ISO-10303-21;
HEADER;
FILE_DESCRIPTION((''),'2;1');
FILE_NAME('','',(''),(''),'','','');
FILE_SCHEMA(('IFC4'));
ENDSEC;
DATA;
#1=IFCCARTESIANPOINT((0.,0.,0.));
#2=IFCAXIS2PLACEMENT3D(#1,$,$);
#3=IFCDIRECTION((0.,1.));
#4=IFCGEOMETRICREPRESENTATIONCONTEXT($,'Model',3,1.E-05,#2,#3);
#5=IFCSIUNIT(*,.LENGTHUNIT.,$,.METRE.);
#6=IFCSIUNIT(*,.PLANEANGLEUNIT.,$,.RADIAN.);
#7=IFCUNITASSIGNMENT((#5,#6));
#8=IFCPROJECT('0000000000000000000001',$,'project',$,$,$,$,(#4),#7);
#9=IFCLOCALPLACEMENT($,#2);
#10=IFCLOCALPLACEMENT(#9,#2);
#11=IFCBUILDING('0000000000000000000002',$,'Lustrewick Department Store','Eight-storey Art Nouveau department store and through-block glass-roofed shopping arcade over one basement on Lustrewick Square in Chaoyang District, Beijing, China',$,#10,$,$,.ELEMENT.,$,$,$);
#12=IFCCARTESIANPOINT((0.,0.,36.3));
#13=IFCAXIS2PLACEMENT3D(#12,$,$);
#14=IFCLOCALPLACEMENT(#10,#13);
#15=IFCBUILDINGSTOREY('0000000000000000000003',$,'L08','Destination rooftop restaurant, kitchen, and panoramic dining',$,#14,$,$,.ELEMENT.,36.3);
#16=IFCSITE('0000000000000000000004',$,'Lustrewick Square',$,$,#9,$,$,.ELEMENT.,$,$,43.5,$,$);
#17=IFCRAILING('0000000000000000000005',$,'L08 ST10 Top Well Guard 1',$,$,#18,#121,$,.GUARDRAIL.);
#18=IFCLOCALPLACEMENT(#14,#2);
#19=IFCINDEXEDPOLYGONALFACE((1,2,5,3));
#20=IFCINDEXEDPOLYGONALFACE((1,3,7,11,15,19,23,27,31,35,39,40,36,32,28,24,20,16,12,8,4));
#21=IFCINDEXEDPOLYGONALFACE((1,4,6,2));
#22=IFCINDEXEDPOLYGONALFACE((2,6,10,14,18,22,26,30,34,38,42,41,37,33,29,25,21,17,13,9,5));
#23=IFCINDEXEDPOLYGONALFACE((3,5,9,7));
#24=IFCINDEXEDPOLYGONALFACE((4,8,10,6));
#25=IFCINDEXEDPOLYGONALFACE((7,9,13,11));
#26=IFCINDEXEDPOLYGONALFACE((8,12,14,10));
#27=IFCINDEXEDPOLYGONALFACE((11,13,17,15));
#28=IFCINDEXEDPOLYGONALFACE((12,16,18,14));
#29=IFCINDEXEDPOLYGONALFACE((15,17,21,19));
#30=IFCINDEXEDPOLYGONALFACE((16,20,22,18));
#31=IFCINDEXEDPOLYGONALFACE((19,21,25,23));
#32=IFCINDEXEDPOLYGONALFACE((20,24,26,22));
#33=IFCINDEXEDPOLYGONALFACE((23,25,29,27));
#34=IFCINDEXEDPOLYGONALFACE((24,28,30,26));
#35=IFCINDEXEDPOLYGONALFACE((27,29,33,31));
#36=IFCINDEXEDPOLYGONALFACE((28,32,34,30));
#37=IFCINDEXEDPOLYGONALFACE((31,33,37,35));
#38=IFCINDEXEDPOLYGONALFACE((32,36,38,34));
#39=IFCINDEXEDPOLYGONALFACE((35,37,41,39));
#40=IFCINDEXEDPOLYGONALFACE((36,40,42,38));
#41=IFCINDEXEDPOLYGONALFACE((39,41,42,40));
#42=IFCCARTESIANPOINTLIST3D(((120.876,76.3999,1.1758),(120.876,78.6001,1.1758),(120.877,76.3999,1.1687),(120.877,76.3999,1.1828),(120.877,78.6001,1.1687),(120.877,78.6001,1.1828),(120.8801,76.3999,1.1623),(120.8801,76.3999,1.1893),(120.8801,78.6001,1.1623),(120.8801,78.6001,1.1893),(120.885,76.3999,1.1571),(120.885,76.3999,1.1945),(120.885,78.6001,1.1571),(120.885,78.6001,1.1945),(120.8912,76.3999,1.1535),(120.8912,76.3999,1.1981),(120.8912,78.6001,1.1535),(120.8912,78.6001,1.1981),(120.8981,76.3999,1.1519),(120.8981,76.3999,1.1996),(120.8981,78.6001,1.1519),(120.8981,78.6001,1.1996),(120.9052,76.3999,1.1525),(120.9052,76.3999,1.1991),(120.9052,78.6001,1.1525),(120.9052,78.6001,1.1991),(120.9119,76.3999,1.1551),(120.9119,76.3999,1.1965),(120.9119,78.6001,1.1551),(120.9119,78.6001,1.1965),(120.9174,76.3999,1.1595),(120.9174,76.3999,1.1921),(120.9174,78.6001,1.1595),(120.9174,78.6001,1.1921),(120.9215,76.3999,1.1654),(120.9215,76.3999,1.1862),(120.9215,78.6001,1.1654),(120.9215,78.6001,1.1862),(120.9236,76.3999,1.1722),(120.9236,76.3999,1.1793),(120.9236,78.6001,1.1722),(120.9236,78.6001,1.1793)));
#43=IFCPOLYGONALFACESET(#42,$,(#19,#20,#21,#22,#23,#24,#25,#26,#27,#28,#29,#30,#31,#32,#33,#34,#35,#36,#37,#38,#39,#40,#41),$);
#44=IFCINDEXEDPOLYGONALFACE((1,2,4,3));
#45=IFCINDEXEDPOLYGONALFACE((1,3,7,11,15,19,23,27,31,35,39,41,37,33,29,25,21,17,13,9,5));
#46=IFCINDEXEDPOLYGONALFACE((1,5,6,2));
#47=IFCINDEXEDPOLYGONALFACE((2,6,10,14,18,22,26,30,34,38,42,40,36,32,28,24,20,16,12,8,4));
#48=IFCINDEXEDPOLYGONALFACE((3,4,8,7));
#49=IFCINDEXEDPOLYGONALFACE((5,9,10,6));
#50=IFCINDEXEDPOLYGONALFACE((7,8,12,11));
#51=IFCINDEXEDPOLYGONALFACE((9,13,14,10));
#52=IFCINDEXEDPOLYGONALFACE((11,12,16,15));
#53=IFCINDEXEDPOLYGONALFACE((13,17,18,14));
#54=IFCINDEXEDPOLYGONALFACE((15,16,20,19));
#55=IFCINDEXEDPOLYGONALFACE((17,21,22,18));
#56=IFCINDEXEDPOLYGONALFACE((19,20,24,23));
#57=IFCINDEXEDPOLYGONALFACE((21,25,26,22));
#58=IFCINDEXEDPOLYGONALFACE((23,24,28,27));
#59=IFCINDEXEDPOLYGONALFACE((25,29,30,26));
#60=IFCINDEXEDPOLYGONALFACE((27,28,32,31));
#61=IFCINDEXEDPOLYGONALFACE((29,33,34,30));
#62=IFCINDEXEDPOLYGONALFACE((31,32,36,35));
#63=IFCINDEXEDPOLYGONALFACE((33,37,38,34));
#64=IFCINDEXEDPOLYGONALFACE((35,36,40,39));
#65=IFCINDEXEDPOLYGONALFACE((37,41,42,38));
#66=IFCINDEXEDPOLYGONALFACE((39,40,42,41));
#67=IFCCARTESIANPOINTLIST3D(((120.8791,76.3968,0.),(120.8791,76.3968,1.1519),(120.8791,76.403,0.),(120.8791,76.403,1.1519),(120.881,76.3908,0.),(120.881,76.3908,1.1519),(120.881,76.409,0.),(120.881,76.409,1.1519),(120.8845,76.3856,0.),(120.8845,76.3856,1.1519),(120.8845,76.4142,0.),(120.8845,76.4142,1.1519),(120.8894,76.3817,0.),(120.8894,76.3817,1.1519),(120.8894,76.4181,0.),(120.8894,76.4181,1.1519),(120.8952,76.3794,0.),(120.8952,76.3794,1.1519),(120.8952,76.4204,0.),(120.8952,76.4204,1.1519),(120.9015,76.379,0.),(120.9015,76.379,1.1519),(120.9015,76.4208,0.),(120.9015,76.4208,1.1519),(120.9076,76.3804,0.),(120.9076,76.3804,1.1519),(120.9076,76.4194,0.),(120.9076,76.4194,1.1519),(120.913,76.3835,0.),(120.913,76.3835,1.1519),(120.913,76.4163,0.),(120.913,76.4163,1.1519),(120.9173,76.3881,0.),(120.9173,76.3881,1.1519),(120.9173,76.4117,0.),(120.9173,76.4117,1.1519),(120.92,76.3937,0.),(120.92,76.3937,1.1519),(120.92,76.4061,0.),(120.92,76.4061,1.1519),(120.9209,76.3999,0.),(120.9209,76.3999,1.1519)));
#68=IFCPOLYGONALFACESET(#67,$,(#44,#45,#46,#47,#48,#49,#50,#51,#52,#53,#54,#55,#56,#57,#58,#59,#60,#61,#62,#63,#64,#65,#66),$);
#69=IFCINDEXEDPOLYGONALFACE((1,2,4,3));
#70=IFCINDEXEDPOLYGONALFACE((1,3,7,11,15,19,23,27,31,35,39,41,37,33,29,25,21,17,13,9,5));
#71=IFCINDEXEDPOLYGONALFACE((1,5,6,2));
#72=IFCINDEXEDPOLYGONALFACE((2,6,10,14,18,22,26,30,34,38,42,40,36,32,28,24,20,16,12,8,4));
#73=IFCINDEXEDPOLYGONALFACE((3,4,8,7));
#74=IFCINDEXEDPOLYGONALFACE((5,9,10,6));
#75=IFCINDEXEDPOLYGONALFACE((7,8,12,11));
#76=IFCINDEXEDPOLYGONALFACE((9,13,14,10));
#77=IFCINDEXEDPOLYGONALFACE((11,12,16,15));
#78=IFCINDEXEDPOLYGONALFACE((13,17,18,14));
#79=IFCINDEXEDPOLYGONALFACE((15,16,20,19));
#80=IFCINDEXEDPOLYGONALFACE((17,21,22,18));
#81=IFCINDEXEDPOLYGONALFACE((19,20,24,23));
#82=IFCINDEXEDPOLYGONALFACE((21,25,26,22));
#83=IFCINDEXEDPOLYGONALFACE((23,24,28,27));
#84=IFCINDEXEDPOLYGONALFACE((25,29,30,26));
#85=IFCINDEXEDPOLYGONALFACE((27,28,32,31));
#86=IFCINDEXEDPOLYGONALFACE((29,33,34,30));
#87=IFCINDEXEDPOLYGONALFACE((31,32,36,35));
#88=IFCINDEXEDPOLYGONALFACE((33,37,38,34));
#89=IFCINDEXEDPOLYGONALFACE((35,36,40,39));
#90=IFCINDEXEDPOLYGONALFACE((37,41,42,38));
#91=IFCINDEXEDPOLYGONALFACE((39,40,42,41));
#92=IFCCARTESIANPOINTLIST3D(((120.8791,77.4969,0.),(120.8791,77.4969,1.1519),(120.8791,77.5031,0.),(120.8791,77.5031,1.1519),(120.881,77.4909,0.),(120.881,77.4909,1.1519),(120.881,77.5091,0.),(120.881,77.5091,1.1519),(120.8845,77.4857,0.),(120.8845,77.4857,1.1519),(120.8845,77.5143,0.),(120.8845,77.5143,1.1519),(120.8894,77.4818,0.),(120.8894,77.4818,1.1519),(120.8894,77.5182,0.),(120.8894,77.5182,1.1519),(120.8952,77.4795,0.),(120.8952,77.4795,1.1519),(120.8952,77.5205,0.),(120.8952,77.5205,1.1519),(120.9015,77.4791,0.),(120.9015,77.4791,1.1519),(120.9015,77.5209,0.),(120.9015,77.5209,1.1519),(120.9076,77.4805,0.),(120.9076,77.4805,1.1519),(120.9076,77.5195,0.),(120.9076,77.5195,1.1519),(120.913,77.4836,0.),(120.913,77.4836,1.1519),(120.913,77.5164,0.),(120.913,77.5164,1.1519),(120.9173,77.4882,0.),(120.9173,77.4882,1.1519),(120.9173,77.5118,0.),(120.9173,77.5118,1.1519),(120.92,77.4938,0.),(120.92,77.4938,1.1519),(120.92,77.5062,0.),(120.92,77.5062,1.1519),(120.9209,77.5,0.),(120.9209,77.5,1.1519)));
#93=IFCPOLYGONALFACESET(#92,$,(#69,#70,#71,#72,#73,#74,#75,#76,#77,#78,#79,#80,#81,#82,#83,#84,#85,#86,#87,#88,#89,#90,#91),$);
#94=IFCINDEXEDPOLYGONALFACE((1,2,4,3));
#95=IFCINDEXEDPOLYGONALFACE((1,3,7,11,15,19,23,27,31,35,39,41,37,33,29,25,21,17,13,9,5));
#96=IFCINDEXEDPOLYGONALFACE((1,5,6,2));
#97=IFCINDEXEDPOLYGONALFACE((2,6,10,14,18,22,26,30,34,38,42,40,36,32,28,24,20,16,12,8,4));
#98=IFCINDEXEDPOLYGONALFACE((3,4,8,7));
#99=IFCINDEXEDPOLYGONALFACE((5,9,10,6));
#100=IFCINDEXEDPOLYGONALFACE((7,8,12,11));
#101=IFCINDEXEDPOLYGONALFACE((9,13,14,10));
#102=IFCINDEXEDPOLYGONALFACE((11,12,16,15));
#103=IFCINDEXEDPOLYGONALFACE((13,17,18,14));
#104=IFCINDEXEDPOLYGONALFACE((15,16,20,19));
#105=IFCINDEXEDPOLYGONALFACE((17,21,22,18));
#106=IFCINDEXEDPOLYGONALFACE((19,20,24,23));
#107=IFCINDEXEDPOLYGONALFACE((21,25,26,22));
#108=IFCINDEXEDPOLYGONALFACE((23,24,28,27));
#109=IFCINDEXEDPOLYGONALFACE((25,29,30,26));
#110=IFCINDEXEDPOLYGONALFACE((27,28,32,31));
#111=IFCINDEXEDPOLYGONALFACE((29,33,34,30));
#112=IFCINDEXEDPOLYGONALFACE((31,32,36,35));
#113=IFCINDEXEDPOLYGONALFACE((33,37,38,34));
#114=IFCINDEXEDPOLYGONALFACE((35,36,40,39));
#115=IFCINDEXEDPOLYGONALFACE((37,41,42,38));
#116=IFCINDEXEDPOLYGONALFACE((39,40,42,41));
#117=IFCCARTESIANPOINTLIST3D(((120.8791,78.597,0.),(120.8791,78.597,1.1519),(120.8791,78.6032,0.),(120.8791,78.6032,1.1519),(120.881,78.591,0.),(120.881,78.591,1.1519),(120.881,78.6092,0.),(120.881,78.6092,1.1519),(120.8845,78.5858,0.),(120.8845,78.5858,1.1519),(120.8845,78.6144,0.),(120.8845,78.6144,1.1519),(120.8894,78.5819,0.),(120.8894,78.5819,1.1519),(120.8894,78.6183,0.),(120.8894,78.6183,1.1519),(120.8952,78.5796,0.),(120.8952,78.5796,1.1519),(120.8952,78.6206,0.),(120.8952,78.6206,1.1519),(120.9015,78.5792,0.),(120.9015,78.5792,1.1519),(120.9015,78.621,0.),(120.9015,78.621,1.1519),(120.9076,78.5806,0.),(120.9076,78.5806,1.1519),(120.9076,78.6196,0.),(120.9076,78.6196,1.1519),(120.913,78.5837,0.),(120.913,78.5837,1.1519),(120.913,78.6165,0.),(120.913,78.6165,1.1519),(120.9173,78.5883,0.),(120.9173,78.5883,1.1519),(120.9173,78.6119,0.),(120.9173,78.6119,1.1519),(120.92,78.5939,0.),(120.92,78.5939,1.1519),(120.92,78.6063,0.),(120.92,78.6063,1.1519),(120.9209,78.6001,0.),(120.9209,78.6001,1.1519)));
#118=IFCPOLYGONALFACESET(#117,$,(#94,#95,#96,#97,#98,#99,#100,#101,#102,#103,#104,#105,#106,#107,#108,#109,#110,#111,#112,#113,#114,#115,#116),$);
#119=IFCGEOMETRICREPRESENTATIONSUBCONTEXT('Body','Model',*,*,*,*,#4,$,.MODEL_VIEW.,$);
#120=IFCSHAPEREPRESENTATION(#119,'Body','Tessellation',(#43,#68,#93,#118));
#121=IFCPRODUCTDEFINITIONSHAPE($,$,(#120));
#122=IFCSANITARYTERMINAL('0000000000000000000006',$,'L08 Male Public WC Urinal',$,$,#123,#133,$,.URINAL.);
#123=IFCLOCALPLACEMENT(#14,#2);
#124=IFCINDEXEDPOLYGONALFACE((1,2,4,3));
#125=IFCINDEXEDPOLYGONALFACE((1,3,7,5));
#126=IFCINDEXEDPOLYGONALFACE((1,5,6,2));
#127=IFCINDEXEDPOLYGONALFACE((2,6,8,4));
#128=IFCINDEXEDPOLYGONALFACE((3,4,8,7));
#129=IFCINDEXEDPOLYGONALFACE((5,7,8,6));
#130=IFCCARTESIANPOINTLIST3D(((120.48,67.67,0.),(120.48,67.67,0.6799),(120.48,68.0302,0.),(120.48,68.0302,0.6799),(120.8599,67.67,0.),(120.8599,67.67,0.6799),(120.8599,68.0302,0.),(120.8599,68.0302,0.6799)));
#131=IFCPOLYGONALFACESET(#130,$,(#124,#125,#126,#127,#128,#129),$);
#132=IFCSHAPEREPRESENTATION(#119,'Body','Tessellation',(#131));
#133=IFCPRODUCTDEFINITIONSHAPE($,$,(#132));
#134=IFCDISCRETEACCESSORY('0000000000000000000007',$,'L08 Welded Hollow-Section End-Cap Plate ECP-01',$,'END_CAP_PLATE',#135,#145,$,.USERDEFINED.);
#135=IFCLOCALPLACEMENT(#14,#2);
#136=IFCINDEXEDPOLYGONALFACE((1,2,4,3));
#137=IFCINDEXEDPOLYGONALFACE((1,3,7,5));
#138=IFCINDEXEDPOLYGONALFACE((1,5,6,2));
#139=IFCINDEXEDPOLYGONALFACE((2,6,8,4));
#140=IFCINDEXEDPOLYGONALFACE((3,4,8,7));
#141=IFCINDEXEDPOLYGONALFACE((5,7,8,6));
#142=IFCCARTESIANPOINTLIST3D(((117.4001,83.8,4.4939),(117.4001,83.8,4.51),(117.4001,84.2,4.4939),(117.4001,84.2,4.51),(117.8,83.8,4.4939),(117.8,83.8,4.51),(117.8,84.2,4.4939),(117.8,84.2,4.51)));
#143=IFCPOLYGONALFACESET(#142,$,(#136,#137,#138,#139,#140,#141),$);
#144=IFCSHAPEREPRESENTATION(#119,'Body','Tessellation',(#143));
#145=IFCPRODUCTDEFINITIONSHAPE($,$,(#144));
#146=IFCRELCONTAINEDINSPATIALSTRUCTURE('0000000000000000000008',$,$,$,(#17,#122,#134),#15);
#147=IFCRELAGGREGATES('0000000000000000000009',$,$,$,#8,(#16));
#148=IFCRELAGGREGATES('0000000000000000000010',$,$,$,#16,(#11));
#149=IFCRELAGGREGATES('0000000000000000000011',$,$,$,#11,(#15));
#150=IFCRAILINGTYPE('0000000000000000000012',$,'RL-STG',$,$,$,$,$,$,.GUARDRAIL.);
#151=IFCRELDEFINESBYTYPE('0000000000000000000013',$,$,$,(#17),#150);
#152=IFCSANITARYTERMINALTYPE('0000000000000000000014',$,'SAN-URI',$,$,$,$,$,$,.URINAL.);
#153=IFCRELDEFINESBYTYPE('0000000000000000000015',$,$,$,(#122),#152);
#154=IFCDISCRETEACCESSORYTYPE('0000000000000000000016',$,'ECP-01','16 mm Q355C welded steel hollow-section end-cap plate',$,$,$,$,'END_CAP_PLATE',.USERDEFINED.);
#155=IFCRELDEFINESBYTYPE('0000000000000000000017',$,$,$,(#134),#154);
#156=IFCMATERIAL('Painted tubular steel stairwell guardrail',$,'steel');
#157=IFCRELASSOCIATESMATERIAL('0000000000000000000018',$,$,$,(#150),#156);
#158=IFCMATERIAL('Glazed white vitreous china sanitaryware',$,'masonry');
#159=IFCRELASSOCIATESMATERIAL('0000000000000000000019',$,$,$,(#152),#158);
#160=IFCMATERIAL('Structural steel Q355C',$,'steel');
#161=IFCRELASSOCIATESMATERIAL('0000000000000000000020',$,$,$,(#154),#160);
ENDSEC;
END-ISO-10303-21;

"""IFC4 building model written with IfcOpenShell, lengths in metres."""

from ifc_helpers import new_model, si_unit, direction, frame, origin, origin_2d, place, context, subcontext, project, spatial, rectangle, circle, extrude, material, type_object, element, save


model = new_model("IFC4")

# Units and contexts
model_context = context("Model", 3, precision=1e-05, world=origin(), true_north=direction((0.0, 1.0)))
body_context = subcontext(model_context, "Body", "Model", "MODEL_VIEW")
ifc_project = project(units=[si_unit("LENGTHUNIT", "METRE"), si_unit("PLANEANGLEUNIT", "RADIAN")], contexts=[model_context])

# Site, building, storey
site_placement = place(None, origin())
site = spatial("IfcSite", under=ifc_project, at=site_placement, Name="Lustrewick Square", CompositionType="ELEMENT", RefElevation=43.5)
building_placement = place(site_placement, origin())
building = spatial("IfcBuilding", under=site, at=building_placement, Name="Lustrewick Department Store", Description="Eight-storey Art Nouveau department store and through-block glass-roofed shopping arcade over one basement on Lustrewick Square in Chaoyang District, Beijing, China", CompositionType="ELEMENT")
storey_placement = place(building_placement, frame((0.0, 0.0, 36.3)))
storey = spatial("IfcBuildingStorey", under=building, at=storey_placement, Name="L08", Description="Destination rooftop restaurant, kitchen, and panoramic dining", CompositionType="ELEMENT", Elevation=36.3)

# Shared definitions
ifc_material_1 = material(Name="Structural steel Q355C", Category="steel")

# Railing
ifc_material_2 = material(Name="Painted tubular steel stairwell guardrail", Category="steel")
railing_type = type_object("IfcRailingType", Name="RL-STG", PredefinedType="GUARDRAIL", material=ifc_material_2)
railing_placement = place(storey_placement, frame((120.8999, 76.3999, 0.0)))
element("IfcRailing", 1, at=railing_placement, inside=storey, type_object=railing_type, Name="L08 ST10 Top Well Guard 1", PredefinedType="GUARDRAIL", context=body_context, shape_type="SweptSolid", body=[
    extrude(circle(Radius=0.0239, at=origin_2d()), frame((0.0, 0.0, 1.1758), z_axis=(0.0, 1.0, 0.0), x_axis=(-1.0, 0.0, 0.0)), (0.0, 0.0, 1.0), 2.2002),
    extrude(circle(Radius=0.021, at=origin_2d()), origin(), (0.0, 0.0, 1.0), 1.1519),
    extrude(circle(Radius=0.021, at=origin_2d()), frame((0.0, 1.1001, 0.0)), (0.0, 0.0, 1.0), 1.1519),
    extrude(circle(Radius=0.021, at=origin_2d()), frame((0.0, 2.2002, 0.0)), (0.0, 0.0, 1.0), 1.1519),
])

# Sanitary terminal
ifc_material_3 = material(Name="Glazed white vitreous china sanitaryware", Category="masonry")
sanitary_terminal_type = type_object("IfcSanitaryTerminalType", Name="SAN-URI", PredefinedType="URINAL", material=ifc_material_3)
sanitary_terminal_placement = place(storey_placement, frame((120.6699, 67.8501, 0.0), z_axis=(0.0, 0.0, 1.0), x_axis=(1.0, 0.0, 0.0)))
element("IfcSanitaryTerminal", 2, at=sanitary_terminal_placement, inside=storey, type_object=sanitary_terminal_type, Name="L08 Male Public WC Urinal", PredefinedType="URINAL", context=body_context, shape_type="SweptSolid", body=[
    extrude(rectangle(XDim=0.3799, YDim=0.3601, at=origin_2d()), origin(), (0.0, 0.0, 1.0), 0.6799),
])

# Discrete accessory
discrete_accessory_type = type_object("IfcDiscreteAccessoryType", Name="ECP-01", Description="16 mm Q355C welded steel hollow-section end-cap plate", ElementType="END_CAP_PLATE", PredefinedType="USERDEFINED", material=ifc_material_1)
discrete_accessory_placement = place(storey_placement, frame((117.6001, 84.0, 4.4939), z_axis=(0.0, 0.0, 1.0), x_axis=(1.0, 0.0, 0.0)))
element("IfcDiscreteAccessory", 3, at=discrete_accessory_placement, inside=storey, type_object=discrete_accessory_type, Name="L08 Welded Hollow-Section End-Cap Plate ECP-01", ObjectType="END_CAP_PLATE", PredefinedType="USERDEFINED", context=body_context, shape_type="SweptSolid", body=[
    extrude(rectangle(XDim=0.3999, YDim=0.3999, at=origin_2d()), origin(), (0.0, 0.0, 1.0), 0.0161),
])

save(model, "model.ifc")
